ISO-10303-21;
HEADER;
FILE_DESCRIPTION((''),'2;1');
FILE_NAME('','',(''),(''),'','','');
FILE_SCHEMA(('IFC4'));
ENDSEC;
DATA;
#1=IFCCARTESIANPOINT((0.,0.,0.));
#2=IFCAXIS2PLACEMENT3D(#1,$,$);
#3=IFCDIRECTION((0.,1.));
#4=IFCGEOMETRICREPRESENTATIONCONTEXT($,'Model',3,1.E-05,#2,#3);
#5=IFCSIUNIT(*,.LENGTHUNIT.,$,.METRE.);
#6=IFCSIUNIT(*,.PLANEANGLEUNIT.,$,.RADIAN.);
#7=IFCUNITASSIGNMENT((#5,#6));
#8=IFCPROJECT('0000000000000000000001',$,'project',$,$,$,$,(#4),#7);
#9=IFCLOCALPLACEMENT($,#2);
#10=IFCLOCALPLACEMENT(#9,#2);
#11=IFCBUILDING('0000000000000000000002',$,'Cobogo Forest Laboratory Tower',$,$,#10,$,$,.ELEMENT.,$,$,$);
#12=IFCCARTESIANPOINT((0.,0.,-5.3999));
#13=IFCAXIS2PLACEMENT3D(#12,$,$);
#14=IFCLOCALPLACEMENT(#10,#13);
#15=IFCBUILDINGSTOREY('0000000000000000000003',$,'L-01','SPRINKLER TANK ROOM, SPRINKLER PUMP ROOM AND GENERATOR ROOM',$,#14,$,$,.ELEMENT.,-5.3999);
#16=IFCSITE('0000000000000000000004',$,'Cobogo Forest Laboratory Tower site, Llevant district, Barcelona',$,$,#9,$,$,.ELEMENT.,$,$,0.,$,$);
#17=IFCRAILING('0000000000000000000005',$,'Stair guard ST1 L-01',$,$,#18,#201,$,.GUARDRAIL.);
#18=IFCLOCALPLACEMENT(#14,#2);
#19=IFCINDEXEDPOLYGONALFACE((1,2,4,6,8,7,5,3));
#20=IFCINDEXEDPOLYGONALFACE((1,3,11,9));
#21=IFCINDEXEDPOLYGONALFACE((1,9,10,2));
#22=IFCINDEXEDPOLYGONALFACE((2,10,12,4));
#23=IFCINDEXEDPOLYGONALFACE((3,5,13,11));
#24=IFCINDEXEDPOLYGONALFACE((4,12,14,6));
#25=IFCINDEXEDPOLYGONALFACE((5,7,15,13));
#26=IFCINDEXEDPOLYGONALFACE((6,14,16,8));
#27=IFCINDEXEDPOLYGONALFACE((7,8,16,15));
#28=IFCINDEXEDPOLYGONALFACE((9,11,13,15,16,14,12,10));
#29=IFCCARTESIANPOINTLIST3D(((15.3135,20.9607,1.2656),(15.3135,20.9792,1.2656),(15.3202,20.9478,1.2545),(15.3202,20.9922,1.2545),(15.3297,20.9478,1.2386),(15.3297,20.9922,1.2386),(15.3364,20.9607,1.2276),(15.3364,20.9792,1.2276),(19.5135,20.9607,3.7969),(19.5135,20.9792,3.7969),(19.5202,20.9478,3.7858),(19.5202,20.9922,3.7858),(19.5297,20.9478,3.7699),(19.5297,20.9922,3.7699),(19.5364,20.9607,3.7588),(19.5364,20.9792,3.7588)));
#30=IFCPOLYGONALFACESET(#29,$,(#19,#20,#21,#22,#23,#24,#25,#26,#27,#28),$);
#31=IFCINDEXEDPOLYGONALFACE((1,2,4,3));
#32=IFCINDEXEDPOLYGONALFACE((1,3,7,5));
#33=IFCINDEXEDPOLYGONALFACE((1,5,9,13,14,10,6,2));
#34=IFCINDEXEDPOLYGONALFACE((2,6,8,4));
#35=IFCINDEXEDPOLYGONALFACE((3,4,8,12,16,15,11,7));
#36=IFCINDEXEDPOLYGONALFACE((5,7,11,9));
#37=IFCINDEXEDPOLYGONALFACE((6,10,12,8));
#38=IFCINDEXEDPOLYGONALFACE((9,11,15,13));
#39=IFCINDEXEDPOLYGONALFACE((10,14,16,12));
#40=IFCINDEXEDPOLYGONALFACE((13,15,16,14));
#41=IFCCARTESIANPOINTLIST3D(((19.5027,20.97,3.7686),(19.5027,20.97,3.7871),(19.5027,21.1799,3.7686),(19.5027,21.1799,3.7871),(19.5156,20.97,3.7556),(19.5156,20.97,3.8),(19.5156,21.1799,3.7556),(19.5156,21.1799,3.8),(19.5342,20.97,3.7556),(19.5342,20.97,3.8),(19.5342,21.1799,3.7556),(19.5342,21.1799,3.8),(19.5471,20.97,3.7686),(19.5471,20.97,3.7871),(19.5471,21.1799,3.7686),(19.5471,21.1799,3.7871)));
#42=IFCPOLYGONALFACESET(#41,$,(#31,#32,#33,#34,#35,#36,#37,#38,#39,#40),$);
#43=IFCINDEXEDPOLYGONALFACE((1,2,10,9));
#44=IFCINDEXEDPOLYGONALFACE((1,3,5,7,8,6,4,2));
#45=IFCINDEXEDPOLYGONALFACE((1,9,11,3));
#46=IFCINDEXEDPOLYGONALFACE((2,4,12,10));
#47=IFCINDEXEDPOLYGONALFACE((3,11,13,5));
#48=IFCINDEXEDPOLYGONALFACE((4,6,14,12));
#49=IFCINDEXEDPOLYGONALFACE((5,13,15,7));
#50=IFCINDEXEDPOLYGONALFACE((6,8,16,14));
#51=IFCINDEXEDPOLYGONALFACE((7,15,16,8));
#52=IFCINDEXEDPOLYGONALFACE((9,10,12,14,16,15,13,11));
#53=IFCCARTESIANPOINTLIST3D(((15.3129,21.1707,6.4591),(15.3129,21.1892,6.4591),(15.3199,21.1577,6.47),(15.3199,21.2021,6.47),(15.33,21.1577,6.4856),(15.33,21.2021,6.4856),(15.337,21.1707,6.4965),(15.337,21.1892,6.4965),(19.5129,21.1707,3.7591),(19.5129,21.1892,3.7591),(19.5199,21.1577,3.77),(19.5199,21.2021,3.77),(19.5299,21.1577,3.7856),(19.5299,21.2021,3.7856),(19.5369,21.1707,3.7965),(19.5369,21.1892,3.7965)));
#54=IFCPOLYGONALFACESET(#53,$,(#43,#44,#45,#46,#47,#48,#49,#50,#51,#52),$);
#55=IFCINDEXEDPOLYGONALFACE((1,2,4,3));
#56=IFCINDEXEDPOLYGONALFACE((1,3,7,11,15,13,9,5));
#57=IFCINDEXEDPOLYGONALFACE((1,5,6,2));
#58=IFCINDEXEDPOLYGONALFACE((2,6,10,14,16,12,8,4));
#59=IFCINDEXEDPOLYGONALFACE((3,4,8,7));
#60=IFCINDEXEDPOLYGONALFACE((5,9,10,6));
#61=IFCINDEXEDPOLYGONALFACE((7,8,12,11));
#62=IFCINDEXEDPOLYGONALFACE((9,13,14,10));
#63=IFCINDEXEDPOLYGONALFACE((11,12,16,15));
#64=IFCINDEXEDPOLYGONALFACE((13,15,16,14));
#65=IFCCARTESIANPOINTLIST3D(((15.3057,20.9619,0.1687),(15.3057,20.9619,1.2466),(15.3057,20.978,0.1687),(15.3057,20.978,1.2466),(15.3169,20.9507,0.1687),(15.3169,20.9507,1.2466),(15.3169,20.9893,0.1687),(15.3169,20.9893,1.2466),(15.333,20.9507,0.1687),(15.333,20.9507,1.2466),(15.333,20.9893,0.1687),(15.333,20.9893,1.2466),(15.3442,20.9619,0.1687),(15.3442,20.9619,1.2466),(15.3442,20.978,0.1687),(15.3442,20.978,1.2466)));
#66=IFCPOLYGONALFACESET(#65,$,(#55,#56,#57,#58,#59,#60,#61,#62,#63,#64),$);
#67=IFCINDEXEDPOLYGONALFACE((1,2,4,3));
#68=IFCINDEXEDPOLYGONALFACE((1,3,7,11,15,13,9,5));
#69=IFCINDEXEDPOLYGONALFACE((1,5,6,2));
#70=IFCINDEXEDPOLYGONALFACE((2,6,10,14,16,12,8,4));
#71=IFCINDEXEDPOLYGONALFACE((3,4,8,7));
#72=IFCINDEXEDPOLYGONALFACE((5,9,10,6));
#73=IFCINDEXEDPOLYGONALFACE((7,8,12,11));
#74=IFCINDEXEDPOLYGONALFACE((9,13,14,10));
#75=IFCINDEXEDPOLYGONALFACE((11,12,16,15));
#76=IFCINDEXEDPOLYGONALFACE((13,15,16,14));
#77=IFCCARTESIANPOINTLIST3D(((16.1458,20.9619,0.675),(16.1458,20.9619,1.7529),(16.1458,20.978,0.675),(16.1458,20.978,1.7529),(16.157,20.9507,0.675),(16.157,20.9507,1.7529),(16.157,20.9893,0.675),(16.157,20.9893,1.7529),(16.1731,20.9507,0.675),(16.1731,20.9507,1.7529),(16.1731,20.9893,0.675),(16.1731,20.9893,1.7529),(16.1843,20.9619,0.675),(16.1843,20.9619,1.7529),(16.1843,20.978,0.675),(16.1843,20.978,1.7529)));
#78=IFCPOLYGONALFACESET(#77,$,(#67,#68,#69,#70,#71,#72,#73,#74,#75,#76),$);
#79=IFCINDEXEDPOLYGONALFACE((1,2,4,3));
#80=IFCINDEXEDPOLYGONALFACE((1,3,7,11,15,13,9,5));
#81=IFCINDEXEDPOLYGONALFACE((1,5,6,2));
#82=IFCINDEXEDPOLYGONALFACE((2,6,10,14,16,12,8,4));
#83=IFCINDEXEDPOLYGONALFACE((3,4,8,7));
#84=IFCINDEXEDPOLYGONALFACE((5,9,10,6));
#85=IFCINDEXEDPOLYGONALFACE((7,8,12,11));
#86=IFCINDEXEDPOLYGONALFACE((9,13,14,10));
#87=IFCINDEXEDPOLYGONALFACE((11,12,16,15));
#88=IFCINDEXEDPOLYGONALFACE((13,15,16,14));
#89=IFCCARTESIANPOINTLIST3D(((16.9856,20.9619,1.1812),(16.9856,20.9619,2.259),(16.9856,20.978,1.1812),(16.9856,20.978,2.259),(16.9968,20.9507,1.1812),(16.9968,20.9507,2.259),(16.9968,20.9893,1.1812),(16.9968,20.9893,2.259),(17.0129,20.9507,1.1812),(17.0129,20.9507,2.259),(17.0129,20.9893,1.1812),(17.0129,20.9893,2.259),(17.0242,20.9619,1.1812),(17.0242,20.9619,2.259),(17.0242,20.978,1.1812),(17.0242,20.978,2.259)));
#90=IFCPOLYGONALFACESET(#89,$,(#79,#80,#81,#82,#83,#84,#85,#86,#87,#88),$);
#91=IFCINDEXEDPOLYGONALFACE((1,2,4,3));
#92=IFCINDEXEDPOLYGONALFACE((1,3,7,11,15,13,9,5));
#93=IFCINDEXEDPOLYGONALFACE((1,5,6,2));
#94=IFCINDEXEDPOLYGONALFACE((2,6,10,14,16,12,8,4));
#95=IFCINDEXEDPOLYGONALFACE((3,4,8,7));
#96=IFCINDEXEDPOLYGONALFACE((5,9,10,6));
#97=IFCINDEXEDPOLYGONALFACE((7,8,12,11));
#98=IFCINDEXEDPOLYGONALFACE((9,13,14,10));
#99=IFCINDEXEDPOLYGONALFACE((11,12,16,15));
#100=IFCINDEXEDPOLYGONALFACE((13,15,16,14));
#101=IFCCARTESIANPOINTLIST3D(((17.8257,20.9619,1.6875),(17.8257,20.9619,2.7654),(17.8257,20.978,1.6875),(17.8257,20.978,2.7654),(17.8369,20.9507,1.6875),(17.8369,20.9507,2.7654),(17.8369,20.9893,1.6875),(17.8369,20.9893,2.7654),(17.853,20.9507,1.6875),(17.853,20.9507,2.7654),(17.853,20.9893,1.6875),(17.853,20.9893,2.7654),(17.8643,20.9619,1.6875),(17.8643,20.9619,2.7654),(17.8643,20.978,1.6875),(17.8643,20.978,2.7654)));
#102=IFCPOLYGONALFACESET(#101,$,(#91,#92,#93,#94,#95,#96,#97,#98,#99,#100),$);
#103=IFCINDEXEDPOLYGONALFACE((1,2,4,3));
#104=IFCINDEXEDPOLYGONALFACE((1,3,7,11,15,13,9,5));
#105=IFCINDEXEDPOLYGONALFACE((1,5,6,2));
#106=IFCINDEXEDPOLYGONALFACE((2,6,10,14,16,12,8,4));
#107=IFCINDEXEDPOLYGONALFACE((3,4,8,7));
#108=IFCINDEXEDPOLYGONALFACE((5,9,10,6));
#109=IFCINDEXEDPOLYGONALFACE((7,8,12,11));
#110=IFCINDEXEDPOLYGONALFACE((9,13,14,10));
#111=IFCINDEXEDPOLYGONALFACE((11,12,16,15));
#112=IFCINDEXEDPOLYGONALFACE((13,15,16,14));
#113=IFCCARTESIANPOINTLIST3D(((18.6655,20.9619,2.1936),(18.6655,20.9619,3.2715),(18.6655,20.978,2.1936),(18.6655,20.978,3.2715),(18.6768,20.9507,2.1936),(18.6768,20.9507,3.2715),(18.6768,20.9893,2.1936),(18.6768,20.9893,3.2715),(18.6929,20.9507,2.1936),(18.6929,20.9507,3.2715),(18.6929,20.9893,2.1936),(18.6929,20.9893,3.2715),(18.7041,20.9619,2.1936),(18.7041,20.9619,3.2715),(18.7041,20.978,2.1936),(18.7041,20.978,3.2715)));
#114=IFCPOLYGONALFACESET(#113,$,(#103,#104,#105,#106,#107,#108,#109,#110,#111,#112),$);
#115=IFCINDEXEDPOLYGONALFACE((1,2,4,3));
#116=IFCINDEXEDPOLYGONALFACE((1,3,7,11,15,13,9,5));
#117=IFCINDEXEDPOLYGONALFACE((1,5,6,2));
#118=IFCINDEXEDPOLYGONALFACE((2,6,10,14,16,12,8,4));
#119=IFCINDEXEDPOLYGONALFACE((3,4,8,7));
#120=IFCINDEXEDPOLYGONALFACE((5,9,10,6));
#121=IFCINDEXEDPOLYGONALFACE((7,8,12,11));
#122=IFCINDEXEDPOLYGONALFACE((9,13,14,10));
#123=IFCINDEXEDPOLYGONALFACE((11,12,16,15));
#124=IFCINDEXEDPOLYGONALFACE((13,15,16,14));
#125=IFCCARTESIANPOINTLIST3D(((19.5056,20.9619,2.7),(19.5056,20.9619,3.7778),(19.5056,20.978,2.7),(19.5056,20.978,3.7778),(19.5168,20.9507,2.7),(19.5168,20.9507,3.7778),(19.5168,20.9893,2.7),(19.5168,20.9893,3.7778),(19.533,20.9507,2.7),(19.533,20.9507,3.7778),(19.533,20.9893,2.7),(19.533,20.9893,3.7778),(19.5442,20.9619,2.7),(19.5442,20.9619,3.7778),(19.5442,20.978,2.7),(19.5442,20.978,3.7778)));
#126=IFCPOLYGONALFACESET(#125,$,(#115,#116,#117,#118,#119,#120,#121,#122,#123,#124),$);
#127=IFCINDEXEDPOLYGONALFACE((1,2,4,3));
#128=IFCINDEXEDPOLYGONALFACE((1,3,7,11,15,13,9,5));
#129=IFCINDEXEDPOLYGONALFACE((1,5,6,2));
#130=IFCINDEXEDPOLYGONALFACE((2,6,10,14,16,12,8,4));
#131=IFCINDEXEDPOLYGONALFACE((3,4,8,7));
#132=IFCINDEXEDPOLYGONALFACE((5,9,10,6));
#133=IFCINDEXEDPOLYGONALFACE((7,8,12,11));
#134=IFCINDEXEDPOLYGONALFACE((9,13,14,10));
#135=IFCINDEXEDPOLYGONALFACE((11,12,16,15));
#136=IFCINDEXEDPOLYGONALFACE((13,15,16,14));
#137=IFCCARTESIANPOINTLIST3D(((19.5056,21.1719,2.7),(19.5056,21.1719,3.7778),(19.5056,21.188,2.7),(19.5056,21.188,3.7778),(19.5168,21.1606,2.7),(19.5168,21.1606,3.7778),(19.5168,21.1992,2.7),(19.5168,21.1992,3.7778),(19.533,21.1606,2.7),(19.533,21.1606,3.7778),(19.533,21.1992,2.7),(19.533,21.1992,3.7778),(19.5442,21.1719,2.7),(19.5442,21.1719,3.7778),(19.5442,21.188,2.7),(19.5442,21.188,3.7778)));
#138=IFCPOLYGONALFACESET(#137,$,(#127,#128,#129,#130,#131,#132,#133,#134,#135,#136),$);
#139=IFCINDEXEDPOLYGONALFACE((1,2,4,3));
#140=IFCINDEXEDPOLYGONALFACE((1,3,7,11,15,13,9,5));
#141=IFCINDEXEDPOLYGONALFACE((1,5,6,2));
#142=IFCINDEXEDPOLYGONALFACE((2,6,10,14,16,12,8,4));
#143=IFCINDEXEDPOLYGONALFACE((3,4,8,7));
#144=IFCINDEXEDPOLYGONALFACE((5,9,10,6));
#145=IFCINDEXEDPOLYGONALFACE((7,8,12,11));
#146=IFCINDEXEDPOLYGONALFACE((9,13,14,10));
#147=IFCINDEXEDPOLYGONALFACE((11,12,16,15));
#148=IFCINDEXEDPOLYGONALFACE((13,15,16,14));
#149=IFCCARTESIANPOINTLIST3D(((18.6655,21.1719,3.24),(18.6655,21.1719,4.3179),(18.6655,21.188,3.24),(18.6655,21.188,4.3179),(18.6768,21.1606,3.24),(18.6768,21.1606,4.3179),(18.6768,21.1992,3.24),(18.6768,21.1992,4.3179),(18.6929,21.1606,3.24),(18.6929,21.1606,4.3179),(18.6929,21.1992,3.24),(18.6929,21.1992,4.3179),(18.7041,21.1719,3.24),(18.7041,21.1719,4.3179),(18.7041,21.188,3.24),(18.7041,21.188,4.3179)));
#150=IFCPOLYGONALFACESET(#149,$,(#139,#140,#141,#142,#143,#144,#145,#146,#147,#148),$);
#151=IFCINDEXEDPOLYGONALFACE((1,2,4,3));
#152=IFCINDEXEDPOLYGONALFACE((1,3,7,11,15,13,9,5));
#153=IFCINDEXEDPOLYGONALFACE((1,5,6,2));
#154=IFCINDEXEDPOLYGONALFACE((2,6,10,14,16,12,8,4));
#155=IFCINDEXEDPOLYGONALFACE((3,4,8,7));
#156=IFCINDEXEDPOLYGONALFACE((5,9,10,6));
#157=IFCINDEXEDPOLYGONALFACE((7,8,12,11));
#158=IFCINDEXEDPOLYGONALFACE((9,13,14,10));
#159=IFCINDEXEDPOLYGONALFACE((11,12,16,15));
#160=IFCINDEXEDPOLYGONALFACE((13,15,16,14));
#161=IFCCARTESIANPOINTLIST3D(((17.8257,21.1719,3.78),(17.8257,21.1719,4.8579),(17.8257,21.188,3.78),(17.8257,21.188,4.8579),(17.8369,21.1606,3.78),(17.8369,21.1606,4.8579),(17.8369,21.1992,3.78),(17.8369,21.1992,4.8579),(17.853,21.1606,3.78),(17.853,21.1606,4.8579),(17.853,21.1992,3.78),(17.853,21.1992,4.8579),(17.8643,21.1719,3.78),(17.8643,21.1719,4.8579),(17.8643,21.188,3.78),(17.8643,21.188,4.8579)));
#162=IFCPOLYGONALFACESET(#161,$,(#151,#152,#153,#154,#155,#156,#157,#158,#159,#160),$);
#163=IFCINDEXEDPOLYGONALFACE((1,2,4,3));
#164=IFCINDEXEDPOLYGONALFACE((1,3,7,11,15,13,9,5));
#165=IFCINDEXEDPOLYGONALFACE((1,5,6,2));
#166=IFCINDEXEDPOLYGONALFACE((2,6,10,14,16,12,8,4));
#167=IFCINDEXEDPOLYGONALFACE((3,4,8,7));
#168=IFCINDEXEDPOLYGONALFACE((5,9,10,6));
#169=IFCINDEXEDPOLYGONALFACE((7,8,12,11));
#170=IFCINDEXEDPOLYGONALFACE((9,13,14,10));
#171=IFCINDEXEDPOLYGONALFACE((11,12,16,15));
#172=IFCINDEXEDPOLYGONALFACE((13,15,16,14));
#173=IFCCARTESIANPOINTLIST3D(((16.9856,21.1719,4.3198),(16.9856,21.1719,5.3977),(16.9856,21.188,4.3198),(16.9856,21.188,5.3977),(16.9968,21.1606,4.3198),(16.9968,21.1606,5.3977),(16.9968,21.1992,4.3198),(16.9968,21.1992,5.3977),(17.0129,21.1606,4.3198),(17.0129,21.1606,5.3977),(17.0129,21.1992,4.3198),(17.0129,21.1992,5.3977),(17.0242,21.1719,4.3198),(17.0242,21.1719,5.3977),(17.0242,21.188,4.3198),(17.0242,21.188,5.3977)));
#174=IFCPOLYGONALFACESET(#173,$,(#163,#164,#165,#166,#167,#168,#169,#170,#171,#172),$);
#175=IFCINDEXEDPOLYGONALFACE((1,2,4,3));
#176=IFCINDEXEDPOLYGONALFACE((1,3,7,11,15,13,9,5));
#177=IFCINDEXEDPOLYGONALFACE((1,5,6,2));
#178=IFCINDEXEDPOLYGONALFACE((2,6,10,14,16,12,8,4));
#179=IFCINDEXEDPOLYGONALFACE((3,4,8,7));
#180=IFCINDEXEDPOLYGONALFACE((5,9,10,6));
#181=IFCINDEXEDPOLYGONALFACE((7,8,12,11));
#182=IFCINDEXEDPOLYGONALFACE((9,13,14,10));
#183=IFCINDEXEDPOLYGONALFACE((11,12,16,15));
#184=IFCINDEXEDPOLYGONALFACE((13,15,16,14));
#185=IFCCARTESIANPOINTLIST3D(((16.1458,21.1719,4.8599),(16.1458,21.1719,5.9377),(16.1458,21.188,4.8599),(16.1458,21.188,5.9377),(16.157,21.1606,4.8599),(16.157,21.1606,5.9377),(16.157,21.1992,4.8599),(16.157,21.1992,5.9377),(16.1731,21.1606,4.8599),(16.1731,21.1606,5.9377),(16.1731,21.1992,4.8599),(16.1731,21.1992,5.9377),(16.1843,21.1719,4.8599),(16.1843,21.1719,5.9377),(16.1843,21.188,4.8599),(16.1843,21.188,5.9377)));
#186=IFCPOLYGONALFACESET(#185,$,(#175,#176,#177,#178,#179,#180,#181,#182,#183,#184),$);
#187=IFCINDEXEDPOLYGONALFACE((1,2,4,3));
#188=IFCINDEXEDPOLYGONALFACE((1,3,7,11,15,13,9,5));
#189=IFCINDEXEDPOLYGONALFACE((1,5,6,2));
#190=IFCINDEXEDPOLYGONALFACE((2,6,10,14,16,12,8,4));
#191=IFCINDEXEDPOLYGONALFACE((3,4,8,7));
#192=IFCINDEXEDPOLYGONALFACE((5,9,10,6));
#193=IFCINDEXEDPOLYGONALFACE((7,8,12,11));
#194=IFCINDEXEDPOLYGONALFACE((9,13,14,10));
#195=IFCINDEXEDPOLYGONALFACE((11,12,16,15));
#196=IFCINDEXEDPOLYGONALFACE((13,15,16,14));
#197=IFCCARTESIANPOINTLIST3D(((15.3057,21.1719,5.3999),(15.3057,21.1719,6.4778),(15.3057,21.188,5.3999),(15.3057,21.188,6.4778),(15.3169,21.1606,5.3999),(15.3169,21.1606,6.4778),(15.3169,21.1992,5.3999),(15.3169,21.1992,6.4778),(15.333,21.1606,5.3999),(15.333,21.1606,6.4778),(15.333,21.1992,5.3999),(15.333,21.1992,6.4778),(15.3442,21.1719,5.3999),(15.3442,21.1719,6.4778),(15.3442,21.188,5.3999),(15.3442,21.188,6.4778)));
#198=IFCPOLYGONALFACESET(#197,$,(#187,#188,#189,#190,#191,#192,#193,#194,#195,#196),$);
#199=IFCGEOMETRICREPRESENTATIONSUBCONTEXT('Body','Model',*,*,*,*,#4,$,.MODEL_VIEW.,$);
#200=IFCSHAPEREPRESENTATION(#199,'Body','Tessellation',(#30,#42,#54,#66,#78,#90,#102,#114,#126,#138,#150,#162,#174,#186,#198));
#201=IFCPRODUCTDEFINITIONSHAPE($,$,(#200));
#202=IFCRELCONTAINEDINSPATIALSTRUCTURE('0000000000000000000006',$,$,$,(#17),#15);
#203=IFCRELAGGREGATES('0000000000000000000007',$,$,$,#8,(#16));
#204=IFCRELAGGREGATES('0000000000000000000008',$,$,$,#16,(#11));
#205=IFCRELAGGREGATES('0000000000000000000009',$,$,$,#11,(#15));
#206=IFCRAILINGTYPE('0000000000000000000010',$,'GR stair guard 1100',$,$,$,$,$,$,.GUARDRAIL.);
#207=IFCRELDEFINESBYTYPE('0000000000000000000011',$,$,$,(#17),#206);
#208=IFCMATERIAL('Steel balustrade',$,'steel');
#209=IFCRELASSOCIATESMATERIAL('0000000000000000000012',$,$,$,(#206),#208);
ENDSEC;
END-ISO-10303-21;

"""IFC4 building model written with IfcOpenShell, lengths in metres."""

from ifc_helpers import new_model, si_unit, direction, frame, origin, place, context, subcontext, project, spatial, polyline, outline, extrude, material, type_object, element, save


model = new_model("IFC4")

# Units and contexts
model_context = context("Model", 3, precision=1e-05, world=origin(), true_north=direction((0.0, 1.0)))
body_context = subcontext(model_context, "Body", "Model", "MODEL_VIEW")
ifc_project = project(units=[si_unit("LENGTHUNIT", "METRE"), si_unit("PLANEANGLEUNIT", "RADIAN")], contexts=[model_context])

# Site, building, storey
site_placement = place(None, origin())
site = spatial("IfcSite", under=ifc_project, at=site_placement, Name="Cobogo Forest Laboratory Tower site, Llevant district, Barcelona", CompositionType="ELEMENT", RefElevation=0.0)
building_placement = place(site_placement, origin())
building = spatial("IfcBuilding", under=site, at=building_placement, Name="Cobogo Forest Laboratory Tower", CompositionType="ELEMENT")
storey_placement = place(building_placement, frame((0.0, 0.0, -5.3999)))
storey = spatial("IfcBuildingStorey", under=building, at=storey_placement, Name="L-01", Description="SPRINKLER TANK ROOM, SPRINKLER PUMP ROOM AND GENERATOR ROOM", CompositionType="ELEMENT", Elevation=-5.3999)

# Railing
ifc_material_1 = material(Name="Steel balustrade", Category="steel")
railing_type_1 = type_object("IfcRailingType", Name="GR stair guard 1100", PredefinedType="GUARDRAIL", material=ifc_material_1)
railing_1_placement = place(storey_placement, frame((15.325, 20.97, 0.1687)))
element("IfcRailing", 1, at=railing_1_placement, inside=storey, type_object=railing_type_1, Name="Stair guard ST1 L-01", PredefinedType="GUARDRAIL", context=body_context, shape_type="SweptSolid", body=[
    extrude(outline(polyline([(0.0222, 0.0093), (0.0093, 0.0222), (-0.0093, 0.0222), (-0.0222, 0.0093), (-0.0222, -0.0093), (-0.0093, -0.0222), (0.0093, -0.0222), (0.0222, -0.0093), (0.0222, 0.0093)])), frame((0.0, 0.0, 1.0779), z_axis=(0.856476, 0.0, 0.516186), x_axis=(0.0, 1.0, 0.0)), (0.0, 0.0, 1.0), 4.9038),
    extrude(outline(polyline([(0.0222, 0.0093), (0.0093, 0.0222), (-0.0093, 0.0222), (-0.0222, 0.0093), (-0.0222, -0.0093), (-0.0093, -0.0222), (0.0093, -0.0222), (0.0222, -0.0093), (0.0222, 0.0093)])), frame((4.2, 0.0, 3.6091), z_axis=(0.0, 1.0, 0.0), x_axis=(-1.0, 0.0, 0.0)), (0.0, 0.0, 1.0), 0.21),
    extrude(outline(polyline([(0.0222, 0.0093), (0.0093, 0.0222), (-0.0093, 0.0222), (-0.0222, 0.0093), (-0.0222, -0.0093), (-0.0093, -0.0222), (0.0093, -0.0222), (0.0222, -0.0093), (0.0222, 0.0093)])), frame((4.2, 0.21, 3.6091), z_axis=(-0.84118, 0.0, 0.540755), x_axis=(0.0, -1.0, 0.0)), (0.0, 0.0, 1.0), 4.9929),
    extrude(outline(polyline([(0.0193, 0.0081), (0.0081, 0.0193), (-0.0081, 0.0193), (-0.0193, 0.0081), (-0.0193, -0.0081), (-0.0081, -0.0193), (0.0081, -0.0193), (0.0193, -0.0081), (0.0193, 0.0081)])), origin(), (0.0, 0.0, 1.0), 1.0779),
    extrude(outline(polyline([(0.0193, 0.0081), (0.0081, 0.0193), (-0.0081, 0.0193), (-0.0193, 0.0081), (-0.0193, -0.0081), (-0.0081, -0.0193), (0.0081, -0.0193), (0.0193, -0.0081), (0.0193, 0.0081)])), frame((0.8401, 0.0, 0.5063)), (0.0, 0.0, 1.0), 1.0779),
    extrude(outline(polyline([(0.0193, 0.0081), (0.0081, 0.0193), (-0.0081, 0.0193), (-0.0193, 0.0081), (-0.0193, -0.0081), (-0.0081, -0.0193), (0.0081, -0.0193), (0.0193, -0.0081), (0.0193, 0.0081)])), frame((1.6799, 0.0, 1.0125)), (0.0, 0.0, 1.0), 1.0779),
    extrude(outline(polyline([(0.0193, 0.0081), (0.0081, 0.0193), (-0.0081, 0.0193), (-0.0193, 0.0081), (-0.0193, -0.0081), (-0.0081, -0.0193), (0.0081, -0.0193), (0.0193, -0.0081), (0.0193, 0.0081)])), frame((2.52, 0.0, 1.5188)), (0.0, 0.0, 1.0), 1.0779),
    extrude(outline(polyline([(0.0193, 0.0081), (0.0081, 0.0193), (-0.0081, 0.0193), (-0.0193, 0.0081), (-0.0193, -0.0081), (-0.0081, -0.0193), (0.0081, -0.0193), (0.0193, -0.0081), (0.0193, 0.0081)])), frame((3.3599, 0.0, 2.0249)), (0.0, 0.0, 1.0), 1.0779),
    extrude(outline(polyline([(0.0193, 0.0081), (0.0081, 0.0193), (-0.0081, 0.0193), (-0.0193, 0.0081), (-0.0193, -0.0081), (-0.0081, -0.0193), (0.0081, -0.0193), (0.0193, -0.0081), (0.0193, 0.0081)])), frame((4.2, 0.0, 2.5312)), (0.0, 0.0, 1.0), 1.0779),
    extrude(outline(polyline([(0.0193, 0.0081), (0.0081, 0.0193), (-0.0081, 0.0193), (-0.0193, 0.0081), (-0.0193, -0.0081), (-0.0081, -0.0193), (0.0081, -0.0193), (0.0193, -0.0081), (0.0193, 0.0081)])), frame((4.2, 0.21, 2.5312)), (0.0, 0.0, 1.0), 1.0779),
    extrude(outline(polyline([(0.0193, 0.0081), (0.0081, 0.0193), (-0.0081, 0.0193), (-0.0193, 0.0081), (-0.0193, -0.0081), (-0.0081, -0.0193), (0.0081, -0.0193), (0.0193, -0.0081), (0.0193, 0.0081)])), frame((3.3599, 0.21, 3.0713)), (0.0, 0.0, 1.0), 1.0779),
    extrude(outline(polyline([(0.0193, 0.0081), (0.0081, 0.0193), (-0.0081, 0.0193), (-0.0193, 0.0081), (-0.0193, -0.0081), (-0.0081, -0.0193), (0.0081, -0.0193), (0.0193, -0.0081), (0.0193, 0.0081)])), frame((2.52, 0.21, 3.6113)), (0.0, 0.0, 1.0), 1.0779),
    extrude(outline(polyline([(0.0193, 0.0081), (0.0081, 0.0193), (-0.0081, 0.0193), (-0.0193, 0.0081), (-0.0193, -0.0081), (-0.0081, -0.0193), (0.0081, -0.0193), (0.0193, -0.0081), (0.0193, 0.0081)])), frame((1.6799, 0.21, 4.1511)), (0.0, 0.0, 1.0), 1.0779),
    extrude(outline(polyline([(0.0193, 0.0081), (0.0081, 0.0193), (-0.0081, 0.0193), (-0.0193, 0.0081), (-0.0193, -0.0081), (-0.0081, -0.0193), (0.0081, -0.0193), (0.0193, -0.0081), (0.0193, 0.0081)])), frame((0.8401, 0.21, 4.6912)), (0.0, 0.0, 1.0), 1.0779),
    extrude(outline(polyline([(0.0193, 0.0081), (0.0081, 0.0193), (-0.0081, 0.0193), (-0.0193, 0.0081), (-0.0193, -0.0081), (-0.0081, -0.0193), (0.0081, -0.0193), (0.0193, -0.0081), (0.0193, 0.0081)])), frame((0.0, 0.21, 5.2312)), (0.0, 0.0, 1.0), 1.0779),
])

save(model, "model.ifc")
